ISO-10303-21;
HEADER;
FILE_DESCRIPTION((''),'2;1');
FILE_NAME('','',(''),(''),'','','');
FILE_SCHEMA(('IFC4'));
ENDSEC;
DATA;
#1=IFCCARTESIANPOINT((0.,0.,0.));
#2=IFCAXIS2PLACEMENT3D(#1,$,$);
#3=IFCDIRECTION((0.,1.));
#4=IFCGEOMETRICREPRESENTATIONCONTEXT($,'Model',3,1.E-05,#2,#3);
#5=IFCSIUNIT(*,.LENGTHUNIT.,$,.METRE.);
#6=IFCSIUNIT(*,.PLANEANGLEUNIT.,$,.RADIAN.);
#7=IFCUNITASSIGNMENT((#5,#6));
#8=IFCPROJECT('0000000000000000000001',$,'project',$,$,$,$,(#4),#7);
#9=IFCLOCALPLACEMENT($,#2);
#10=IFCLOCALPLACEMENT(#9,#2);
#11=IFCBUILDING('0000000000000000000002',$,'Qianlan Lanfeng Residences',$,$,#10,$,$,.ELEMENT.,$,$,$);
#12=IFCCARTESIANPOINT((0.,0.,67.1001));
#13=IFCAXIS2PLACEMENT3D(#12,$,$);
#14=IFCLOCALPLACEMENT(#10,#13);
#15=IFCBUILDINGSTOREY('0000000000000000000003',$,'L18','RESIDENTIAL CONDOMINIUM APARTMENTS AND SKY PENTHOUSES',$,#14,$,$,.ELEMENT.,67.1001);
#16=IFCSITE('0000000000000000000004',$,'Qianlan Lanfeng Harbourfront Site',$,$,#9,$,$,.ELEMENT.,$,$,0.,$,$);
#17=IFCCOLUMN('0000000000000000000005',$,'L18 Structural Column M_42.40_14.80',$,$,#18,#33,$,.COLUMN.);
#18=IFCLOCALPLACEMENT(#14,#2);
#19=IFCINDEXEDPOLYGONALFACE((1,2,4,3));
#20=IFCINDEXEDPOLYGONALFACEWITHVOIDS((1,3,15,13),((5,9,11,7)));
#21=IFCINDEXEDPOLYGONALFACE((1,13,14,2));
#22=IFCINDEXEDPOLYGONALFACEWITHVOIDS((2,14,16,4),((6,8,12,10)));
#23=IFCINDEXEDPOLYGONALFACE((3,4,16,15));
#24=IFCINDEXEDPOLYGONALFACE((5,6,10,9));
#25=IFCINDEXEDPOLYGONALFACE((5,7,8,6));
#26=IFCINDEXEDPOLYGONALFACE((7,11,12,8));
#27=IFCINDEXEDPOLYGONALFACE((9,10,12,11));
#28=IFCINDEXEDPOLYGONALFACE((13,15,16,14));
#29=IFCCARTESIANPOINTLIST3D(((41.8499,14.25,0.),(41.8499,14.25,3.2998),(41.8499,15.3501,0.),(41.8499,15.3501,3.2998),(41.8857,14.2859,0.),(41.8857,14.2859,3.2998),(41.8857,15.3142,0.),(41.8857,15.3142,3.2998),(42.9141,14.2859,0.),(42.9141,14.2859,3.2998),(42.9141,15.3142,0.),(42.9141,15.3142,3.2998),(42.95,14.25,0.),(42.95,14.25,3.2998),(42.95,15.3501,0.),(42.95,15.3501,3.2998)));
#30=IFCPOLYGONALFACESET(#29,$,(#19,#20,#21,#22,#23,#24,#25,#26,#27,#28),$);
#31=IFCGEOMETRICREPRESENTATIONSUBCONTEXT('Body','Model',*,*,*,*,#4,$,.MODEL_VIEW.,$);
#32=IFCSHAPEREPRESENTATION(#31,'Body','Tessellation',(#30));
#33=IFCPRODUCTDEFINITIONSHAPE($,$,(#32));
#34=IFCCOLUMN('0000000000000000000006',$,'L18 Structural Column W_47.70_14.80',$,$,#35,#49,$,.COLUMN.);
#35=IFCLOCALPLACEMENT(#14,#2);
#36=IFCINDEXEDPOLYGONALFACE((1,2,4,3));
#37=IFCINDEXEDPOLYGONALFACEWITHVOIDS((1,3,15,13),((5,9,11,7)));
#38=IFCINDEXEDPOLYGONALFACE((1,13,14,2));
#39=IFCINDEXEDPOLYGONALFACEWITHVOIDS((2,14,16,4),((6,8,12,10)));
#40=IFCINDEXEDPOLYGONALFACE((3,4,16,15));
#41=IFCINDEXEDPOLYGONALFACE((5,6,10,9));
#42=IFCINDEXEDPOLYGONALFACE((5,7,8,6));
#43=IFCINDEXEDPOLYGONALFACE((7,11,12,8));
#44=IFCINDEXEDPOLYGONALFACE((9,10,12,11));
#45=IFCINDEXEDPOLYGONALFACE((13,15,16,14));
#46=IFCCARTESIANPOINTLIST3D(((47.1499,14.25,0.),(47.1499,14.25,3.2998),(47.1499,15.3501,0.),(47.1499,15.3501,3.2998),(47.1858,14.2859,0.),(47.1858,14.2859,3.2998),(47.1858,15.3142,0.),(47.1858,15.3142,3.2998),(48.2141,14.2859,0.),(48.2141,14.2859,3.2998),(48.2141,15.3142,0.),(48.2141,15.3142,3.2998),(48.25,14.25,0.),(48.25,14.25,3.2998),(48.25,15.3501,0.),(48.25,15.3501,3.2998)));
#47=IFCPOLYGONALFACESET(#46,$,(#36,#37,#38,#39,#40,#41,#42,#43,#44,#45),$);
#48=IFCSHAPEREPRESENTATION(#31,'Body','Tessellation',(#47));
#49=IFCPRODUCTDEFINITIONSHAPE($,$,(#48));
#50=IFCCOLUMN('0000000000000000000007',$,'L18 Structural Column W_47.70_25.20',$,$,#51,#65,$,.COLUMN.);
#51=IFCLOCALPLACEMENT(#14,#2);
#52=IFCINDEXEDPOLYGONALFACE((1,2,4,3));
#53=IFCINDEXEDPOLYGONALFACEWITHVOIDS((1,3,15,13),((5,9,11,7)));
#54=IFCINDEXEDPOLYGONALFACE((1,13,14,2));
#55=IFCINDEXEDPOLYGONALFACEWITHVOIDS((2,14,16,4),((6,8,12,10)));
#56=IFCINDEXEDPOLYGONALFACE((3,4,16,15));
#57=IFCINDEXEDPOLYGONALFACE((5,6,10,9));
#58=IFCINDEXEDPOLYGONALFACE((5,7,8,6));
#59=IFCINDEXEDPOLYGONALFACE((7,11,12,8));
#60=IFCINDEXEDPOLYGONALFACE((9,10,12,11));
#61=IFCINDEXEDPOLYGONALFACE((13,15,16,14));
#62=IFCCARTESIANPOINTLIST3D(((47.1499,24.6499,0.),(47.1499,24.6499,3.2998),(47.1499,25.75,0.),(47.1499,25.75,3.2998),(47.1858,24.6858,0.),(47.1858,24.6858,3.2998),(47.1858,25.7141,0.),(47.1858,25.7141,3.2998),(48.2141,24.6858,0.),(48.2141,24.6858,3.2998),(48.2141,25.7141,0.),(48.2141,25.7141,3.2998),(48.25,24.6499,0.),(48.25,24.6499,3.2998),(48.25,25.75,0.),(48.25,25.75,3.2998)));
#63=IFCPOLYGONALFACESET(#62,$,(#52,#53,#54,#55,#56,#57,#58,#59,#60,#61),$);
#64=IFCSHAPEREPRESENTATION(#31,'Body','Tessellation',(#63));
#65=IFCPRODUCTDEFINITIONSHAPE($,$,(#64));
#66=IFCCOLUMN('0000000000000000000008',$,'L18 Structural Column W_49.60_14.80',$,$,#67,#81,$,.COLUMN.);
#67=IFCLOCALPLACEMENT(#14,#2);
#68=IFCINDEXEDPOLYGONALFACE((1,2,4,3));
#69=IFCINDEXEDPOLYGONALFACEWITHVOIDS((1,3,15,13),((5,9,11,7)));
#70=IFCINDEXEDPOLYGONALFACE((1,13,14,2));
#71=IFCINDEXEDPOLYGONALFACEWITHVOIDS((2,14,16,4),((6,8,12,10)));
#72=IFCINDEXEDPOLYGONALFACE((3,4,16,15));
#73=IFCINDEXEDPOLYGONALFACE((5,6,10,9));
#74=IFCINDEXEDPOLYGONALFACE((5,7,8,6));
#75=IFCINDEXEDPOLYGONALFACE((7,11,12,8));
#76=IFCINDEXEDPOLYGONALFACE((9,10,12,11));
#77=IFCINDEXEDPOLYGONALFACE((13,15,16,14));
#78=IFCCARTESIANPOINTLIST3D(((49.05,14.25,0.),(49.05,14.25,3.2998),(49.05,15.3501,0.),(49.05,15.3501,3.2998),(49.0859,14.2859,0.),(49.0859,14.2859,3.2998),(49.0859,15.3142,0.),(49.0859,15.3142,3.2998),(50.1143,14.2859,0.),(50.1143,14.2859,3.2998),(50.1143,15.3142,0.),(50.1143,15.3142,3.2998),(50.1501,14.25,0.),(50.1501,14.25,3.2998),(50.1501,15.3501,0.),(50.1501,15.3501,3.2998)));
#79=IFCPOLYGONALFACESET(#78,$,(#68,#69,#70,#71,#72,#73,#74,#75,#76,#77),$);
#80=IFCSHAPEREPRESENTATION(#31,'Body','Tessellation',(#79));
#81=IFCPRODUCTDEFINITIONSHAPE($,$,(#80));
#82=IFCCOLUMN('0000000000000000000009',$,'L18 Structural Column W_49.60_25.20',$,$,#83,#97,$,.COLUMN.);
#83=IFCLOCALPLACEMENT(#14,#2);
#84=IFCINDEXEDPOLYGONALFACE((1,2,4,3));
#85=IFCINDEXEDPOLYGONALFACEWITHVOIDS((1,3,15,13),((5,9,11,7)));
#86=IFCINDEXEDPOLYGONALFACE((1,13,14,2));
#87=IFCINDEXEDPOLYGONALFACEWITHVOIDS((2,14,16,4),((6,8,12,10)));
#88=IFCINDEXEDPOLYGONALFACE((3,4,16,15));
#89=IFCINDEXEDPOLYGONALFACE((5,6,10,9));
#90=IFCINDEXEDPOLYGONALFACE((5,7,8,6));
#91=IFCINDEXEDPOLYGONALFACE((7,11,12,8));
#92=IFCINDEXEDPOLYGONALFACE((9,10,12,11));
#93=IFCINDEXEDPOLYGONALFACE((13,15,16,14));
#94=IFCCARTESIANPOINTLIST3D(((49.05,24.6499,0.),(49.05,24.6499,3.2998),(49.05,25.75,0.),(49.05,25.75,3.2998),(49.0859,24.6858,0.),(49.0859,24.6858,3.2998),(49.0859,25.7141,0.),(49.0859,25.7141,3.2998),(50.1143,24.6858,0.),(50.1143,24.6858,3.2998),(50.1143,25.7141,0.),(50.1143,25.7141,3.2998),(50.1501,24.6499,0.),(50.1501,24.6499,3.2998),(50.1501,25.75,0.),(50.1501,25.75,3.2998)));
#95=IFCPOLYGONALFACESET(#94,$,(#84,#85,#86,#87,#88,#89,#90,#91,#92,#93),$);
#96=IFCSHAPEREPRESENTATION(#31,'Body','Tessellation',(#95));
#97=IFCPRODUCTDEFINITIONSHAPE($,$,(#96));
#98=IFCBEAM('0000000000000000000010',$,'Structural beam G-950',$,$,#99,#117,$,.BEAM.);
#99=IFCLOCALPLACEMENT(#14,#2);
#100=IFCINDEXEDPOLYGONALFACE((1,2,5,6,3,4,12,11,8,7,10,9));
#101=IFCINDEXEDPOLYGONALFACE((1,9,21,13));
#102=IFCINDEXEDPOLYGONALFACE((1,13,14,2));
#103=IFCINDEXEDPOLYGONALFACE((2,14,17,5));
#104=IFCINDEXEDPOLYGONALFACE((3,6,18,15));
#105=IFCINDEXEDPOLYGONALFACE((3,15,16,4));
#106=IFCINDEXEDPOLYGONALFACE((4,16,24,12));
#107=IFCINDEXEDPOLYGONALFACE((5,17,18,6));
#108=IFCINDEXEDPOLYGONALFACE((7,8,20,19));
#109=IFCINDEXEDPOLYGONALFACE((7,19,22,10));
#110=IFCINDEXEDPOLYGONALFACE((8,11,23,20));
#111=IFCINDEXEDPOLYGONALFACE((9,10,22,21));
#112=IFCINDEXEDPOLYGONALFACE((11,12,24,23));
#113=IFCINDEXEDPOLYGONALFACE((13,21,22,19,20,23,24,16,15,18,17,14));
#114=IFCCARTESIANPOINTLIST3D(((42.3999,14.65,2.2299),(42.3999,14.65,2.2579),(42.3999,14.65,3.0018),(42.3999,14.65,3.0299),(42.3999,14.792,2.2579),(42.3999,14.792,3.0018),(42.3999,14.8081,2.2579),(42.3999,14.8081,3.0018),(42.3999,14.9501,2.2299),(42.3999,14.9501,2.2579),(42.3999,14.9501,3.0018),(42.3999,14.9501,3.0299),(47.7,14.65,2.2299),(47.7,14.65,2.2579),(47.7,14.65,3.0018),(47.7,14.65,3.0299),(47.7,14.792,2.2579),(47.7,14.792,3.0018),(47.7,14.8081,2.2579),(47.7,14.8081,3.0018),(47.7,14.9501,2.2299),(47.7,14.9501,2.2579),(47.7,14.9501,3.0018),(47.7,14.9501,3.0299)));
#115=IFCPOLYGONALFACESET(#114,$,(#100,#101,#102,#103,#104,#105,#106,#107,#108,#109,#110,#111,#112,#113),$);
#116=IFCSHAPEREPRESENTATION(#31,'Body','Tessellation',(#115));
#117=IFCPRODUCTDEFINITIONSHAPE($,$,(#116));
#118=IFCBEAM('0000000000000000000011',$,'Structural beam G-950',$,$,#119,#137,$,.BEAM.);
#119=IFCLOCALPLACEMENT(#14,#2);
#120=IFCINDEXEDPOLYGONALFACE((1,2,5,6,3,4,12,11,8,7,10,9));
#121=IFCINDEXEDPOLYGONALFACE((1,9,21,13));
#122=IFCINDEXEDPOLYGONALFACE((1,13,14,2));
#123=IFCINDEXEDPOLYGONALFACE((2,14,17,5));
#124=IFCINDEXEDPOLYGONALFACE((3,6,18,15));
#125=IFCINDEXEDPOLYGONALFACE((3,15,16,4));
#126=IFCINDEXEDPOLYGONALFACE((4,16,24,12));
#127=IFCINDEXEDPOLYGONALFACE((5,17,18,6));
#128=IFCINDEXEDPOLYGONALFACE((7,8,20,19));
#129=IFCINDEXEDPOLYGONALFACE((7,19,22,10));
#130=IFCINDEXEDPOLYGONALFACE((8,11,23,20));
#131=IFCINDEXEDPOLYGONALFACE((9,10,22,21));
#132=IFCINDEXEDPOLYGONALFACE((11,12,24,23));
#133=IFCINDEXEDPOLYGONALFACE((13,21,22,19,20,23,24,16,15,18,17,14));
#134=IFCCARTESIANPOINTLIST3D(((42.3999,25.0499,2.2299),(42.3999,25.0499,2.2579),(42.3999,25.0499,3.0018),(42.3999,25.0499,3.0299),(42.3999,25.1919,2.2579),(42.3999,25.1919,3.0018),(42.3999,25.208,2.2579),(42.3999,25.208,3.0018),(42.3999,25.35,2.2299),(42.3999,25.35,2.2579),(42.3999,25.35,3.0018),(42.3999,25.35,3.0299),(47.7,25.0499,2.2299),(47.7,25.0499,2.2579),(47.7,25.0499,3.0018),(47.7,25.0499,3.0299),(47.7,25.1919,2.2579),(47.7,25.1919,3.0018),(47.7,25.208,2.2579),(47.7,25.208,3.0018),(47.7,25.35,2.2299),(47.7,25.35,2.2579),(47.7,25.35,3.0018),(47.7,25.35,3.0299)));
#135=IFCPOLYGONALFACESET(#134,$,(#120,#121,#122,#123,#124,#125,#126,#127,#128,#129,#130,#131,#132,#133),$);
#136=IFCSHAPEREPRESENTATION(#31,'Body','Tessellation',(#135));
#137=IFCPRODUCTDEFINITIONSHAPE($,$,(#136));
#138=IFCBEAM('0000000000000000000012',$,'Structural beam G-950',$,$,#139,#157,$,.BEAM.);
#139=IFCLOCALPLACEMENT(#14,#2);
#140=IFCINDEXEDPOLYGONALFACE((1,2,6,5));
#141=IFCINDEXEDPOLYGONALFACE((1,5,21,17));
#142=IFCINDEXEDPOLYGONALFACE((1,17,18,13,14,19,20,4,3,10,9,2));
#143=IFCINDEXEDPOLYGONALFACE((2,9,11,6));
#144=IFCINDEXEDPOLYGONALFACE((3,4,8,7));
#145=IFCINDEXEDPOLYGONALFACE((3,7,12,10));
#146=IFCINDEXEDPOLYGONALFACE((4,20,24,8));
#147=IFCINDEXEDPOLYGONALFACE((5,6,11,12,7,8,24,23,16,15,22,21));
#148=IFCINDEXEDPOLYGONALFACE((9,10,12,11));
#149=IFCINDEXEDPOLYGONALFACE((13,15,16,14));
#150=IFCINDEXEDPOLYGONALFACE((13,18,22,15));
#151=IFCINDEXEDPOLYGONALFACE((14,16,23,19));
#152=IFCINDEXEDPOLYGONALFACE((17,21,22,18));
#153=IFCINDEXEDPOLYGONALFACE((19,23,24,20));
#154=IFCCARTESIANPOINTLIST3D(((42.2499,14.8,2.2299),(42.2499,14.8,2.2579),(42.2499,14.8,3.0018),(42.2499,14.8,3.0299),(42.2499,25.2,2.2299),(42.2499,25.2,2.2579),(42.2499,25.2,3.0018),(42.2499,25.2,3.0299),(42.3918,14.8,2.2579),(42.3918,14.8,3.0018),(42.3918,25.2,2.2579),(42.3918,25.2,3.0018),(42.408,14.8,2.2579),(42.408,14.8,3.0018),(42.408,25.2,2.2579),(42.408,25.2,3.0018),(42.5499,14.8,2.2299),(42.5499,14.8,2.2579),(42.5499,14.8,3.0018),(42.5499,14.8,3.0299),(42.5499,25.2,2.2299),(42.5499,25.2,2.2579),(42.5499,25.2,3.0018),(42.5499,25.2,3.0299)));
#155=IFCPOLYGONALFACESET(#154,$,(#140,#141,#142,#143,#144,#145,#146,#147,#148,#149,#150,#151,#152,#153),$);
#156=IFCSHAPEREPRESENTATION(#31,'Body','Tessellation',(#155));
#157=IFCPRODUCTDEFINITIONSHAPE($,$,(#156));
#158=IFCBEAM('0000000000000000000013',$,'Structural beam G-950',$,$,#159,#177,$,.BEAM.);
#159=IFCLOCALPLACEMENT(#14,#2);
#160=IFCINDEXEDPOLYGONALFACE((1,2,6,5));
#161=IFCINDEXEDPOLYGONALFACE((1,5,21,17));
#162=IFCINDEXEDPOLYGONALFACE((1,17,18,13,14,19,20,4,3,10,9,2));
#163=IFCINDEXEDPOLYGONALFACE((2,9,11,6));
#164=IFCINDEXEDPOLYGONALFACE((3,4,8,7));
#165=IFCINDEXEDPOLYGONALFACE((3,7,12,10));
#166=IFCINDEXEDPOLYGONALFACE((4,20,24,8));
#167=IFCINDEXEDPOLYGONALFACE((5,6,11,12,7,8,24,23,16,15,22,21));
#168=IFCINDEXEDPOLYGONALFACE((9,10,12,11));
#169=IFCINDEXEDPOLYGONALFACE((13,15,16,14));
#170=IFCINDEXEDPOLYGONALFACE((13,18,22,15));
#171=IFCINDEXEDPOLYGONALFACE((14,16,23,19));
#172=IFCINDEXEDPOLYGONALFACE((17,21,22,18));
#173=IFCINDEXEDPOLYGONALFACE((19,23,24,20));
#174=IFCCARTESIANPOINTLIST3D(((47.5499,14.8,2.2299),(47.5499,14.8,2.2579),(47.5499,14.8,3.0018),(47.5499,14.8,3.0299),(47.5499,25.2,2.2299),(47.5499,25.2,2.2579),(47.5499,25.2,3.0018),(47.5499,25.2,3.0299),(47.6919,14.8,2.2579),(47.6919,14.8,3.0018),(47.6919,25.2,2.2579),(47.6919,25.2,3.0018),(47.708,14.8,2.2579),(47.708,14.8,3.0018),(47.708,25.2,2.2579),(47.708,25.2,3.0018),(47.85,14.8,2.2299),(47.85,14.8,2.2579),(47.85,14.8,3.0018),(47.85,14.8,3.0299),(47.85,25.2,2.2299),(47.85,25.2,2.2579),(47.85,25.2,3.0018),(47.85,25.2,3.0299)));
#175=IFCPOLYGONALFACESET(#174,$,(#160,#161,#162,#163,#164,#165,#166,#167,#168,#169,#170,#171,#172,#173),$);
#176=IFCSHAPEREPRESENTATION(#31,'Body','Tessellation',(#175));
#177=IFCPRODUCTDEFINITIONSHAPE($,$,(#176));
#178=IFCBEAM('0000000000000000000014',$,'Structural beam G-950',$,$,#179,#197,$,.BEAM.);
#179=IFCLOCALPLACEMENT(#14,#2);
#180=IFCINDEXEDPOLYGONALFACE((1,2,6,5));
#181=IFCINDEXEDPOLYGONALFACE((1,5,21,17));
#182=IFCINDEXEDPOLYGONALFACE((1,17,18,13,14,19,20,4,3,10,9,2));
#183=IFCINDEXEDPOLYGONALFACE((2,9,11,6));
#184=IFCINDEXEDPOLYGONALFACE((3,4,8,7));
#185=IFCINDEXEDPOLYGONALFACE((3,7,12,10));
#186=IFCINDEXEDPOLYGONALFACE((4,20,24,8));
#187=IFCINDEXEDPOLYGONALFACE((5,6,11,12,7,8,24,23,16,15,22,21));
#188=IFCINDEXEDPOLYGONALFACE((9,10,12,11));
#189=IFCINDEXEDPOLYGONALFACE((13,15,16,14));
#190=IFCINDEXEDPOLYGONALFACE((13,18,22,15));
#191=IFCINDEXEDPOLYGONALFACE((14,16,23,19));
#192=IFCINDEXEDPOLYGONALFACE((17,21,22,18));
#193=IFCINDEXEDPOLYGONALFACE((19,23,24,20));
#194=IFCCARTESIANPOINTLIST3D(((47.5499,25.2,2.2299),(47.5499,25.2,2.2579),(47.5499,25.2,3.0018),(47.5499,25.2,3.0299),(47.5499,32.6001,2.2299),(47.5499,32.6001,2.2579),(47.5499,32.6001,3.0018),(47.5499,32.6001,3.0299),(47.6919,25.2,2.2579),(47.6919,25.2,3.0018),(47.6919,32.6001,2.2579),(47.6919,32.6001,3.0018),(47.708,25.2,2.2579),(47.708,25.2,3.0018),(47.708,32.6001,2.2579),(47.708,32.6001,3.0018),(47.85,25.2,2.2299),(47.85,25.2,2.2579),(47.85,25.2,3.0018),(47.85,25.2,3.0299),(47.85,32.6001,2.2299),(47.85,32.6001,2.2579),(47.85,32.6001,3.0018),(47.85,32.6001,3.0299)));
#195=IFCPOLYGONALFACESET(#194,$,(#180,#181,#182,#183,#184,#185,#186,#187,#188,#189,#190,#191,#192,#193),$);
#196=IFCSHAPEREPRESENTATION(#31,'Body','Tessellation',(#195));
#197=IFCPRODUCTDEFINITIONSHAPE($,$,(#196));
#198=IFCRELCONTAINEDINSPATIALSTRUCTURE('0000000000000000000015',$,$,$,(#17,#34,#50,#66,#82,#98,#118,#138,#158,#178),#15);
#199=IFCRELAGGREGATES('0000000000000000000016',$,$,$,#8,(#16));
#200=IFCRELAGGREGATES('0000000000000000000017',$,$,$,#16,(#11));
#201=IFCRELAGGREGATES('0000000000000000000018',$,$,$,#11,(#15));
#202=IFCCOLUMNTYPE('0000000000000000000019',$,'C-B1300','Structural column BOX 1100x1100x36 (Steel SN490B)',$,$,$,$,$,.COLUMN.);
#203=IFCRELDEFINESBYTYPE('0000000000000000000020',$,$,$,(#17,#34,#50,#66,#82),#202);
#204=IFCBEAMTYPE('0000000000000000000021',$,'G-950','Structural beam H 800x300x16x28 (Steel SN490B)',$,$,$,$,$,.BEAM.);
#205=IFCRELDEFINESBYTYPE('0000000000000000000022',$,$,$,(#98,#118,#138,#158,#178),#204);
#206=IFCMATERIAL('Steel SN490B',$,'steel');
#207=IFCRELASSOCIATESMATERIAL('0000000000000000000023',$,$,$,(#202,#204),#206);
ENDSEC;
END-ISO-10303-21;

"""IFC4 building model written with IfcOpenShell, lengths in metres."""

from ifc_helpers import new_model, si_unit, direction, frame, origin, origin_2d, place, context, subcontext, project, spatial, hollow_rectangle, i_section, extrude, material, material_profile, profile_set, type_object, element, save


model = new_model("IFC4")

# Units and contexts
model_context = context("Model", 3, precision=1e-05, world=origin(), true_north=direction((0.0, 1.0)))
body_context = subcontext(model_context, "Body", "Model", "MODEL_VIEW")
ifc_project = project(units=[si_unit("LENGTHUNIT", "METRE"), si_unit("PLANEANGLEUNIT", "RADIAN")], contexts=[model_context])

# Site, building, storey
site_placement = place(None, origin())
site = spatial("IfcSite", under=ifc_project, at=site_placement, Name="Qianlan Lanfeng Harbourfront Site", CompositionType="ELEMENT", RefElevation=0.0)
building_placement = place(site_placement, origin())
building = spatial("IfcBuilding", under=site, at=building_placement, Name="Qianlan Lanfeng Residences", CompositionType="ELEMENT")
storey_placement = place(building_placement, frame((0.0, 0.0, 67.1001)))
storey = spatial("IfcBuildingStorey", under=building, at=storey_placement, Name="L18", Description="RESIDENTIAL CONDOMINIUM APARTMENTS AND SKY PENTHOUSES", CompositionType="ELEMENT", Elevation=67.1001)

# Columns
ifc_material_1 = material(Name="Steel SN490B", Category="steel")
ifc_material_profile_1 = material_profile(ifc_material_1, hollow_rectangle(XDim=1.1001, YDim=1.1001, WallThickness=0.0359, at=origin_2d()), Name="BOX 1100x1100x36")
ifc_profile_set_1 = profile_set([ifc_material_profile_1], Name="Steel SN490B")
column_type = type_object("IfcColumnType", Name="C-B1300", Description="Structural column BOX 1100x1100x36 (Steel SN490B)", PredefinedType="COLUMN", material=ifc_profile_set_1)
for number, where, z_axis, x_axis, name in (
    (1, (42.3999, 14.8, 0.0), (0.0, 0.0, 1.0), (1.0, 0.0, 0.0), "L18 Structural Column M_42.40_14.80"),
    (2, (47.7, 14.8, 0.0), (0.0, 0.0, 1.0), (1.0, 0.0, 0.0), "L18 Structural Column W_47.70_14.80"),
    (3, (47.7, 25.2, 0.0), (0.0, 0.0, 1.0), (1.0, 0.0, 0.0), "L18 Structural Column W_47.70_25.20"),
    (4, (49.6001, 14.8, 0.0), (0.0, 0.0, 1.0), (1.0, 0.0, 0.0), "L18 Structural Column W_49.60_14.80"),
    (5, (49.6001, 25.2, 0.0), (0.0, 0.0, 1.0), (1.0, 0.0, 0.0), "L18 Structural Column W_49.60_25.20"),
):
    element("IfcColumn", number, at=place(storey_placement, frame(where, z_axis=z_axis, x_axis=x_axis)), inside=storey, type_object=column_type, Name=name, PredefinedType="COLUMN", context=body_context, shape_type="SweptSolid", body=[
        extrude(hollow_rectangle(XDim=1.1001, YDim=1.1001, WallThickness=0.0359, at=origin_2d()), origin(), (0.0, 0.0, 1.0), 3.2998),
    ])

# Beams
ifc_material_profile_2 = material_profile(ifc_material_1, i_section(OverallWidth=0.3, OverallDepth=0.8, WebThickness=0.0161, FlangeThickness=0.0281, at=origin_2d()), Name="H 800x300x16x28")
ifc_profile_set_2 = profile_set([ifc_material_profile_2], Name="Steel SN490B")
beam_type_1 = type_object("IfcBeamType", Name="G-950", Description="Structural beam H 800x300x16x28 (Steel SN490B)", PredefinedType="BEAM", material=ifc_profile_set_2)
for number, where, z_axis, x_axis, name in (
    (6, (42.3999, 14.8, 2.6299), (1.0, 0.0, 0.0), (0.0, 1.0, 0.0), "Structural beam G-950"),
    (7, (42.3999, 25.2, 2.6299), (1.0, 0.0, 0.0), (0.0, 1.0, 0.0), "Structural beam G-950"),
):
    element("IfcBeam", number, at=place(storey_placement, frame(where, z_axis=z_axis, x_axis=x_axis)), inside=storey, type_object=beam_type_1, Name=name, PredefinedType="BEAM", context=body_context, shape_type="SweptSolid", body=[
        extrude(i_section(OverallWidth=0.3, OverallDepth=0.8, WebThickness=0.0161, FlangeThickness=0.0281, at=origin_2d()), origin(), (0.0, 0.0, 1.0), 5.3),
    ])
for number, where, z_axis, x_axis, name in (
    (8, (42.3999, 14.8, 2.6299), (0.0, 1.0, 0.0), (-1.0, 0.0, 0.0), "Structural beam G-950"),
    (9, (47.7, 14.8, 2.6299), (0.0, 1.0, 0.0), (-1.0, 0.0, 0.0), "Structural beam G-950"),
):
    element("IfcBeam", number, at=place(storey_placement, frame(where, z_axis=z_axis, x_axis=x_axis)), inside=storey, type_object=beam_type_1, Name=name, PredefinedType="BEAM", context=body_context, shape_type="SweptSolid", body=[
        extrude(i_section(OverallWidth=0.3, OverallDepth=0.8, WebThickness=0.0161, FlangeThickness=0.0281, at=origin_2d()), origin(), (0.0, 0.0, 1.0), 10.3999),
    ])
beam_1_placement = place(storey_placement, frame((47.7, 25.2, 2.6299), z_axis=(0.0, 1.0, 0.0), x_axis=(-1.0, 0.0, 0.0)))
element("IfcBeam", 10, at=beam_1_placement, inside=storey, type_object=beam_type_1, Name="Structural beam G-950", PredefinedType="BEAM", context=body_context, shape_type="SweptSolid", body=[
    extrude(i_section(OverallWidth=0.3, OverallDepth=0.8, WebThickness=0.0161, FlangeThickness=0.0281, at=origin_2d()), origin(), (0.0, 0.0, 1.0), 7.4001),
])

save(model, "model.ifc")
